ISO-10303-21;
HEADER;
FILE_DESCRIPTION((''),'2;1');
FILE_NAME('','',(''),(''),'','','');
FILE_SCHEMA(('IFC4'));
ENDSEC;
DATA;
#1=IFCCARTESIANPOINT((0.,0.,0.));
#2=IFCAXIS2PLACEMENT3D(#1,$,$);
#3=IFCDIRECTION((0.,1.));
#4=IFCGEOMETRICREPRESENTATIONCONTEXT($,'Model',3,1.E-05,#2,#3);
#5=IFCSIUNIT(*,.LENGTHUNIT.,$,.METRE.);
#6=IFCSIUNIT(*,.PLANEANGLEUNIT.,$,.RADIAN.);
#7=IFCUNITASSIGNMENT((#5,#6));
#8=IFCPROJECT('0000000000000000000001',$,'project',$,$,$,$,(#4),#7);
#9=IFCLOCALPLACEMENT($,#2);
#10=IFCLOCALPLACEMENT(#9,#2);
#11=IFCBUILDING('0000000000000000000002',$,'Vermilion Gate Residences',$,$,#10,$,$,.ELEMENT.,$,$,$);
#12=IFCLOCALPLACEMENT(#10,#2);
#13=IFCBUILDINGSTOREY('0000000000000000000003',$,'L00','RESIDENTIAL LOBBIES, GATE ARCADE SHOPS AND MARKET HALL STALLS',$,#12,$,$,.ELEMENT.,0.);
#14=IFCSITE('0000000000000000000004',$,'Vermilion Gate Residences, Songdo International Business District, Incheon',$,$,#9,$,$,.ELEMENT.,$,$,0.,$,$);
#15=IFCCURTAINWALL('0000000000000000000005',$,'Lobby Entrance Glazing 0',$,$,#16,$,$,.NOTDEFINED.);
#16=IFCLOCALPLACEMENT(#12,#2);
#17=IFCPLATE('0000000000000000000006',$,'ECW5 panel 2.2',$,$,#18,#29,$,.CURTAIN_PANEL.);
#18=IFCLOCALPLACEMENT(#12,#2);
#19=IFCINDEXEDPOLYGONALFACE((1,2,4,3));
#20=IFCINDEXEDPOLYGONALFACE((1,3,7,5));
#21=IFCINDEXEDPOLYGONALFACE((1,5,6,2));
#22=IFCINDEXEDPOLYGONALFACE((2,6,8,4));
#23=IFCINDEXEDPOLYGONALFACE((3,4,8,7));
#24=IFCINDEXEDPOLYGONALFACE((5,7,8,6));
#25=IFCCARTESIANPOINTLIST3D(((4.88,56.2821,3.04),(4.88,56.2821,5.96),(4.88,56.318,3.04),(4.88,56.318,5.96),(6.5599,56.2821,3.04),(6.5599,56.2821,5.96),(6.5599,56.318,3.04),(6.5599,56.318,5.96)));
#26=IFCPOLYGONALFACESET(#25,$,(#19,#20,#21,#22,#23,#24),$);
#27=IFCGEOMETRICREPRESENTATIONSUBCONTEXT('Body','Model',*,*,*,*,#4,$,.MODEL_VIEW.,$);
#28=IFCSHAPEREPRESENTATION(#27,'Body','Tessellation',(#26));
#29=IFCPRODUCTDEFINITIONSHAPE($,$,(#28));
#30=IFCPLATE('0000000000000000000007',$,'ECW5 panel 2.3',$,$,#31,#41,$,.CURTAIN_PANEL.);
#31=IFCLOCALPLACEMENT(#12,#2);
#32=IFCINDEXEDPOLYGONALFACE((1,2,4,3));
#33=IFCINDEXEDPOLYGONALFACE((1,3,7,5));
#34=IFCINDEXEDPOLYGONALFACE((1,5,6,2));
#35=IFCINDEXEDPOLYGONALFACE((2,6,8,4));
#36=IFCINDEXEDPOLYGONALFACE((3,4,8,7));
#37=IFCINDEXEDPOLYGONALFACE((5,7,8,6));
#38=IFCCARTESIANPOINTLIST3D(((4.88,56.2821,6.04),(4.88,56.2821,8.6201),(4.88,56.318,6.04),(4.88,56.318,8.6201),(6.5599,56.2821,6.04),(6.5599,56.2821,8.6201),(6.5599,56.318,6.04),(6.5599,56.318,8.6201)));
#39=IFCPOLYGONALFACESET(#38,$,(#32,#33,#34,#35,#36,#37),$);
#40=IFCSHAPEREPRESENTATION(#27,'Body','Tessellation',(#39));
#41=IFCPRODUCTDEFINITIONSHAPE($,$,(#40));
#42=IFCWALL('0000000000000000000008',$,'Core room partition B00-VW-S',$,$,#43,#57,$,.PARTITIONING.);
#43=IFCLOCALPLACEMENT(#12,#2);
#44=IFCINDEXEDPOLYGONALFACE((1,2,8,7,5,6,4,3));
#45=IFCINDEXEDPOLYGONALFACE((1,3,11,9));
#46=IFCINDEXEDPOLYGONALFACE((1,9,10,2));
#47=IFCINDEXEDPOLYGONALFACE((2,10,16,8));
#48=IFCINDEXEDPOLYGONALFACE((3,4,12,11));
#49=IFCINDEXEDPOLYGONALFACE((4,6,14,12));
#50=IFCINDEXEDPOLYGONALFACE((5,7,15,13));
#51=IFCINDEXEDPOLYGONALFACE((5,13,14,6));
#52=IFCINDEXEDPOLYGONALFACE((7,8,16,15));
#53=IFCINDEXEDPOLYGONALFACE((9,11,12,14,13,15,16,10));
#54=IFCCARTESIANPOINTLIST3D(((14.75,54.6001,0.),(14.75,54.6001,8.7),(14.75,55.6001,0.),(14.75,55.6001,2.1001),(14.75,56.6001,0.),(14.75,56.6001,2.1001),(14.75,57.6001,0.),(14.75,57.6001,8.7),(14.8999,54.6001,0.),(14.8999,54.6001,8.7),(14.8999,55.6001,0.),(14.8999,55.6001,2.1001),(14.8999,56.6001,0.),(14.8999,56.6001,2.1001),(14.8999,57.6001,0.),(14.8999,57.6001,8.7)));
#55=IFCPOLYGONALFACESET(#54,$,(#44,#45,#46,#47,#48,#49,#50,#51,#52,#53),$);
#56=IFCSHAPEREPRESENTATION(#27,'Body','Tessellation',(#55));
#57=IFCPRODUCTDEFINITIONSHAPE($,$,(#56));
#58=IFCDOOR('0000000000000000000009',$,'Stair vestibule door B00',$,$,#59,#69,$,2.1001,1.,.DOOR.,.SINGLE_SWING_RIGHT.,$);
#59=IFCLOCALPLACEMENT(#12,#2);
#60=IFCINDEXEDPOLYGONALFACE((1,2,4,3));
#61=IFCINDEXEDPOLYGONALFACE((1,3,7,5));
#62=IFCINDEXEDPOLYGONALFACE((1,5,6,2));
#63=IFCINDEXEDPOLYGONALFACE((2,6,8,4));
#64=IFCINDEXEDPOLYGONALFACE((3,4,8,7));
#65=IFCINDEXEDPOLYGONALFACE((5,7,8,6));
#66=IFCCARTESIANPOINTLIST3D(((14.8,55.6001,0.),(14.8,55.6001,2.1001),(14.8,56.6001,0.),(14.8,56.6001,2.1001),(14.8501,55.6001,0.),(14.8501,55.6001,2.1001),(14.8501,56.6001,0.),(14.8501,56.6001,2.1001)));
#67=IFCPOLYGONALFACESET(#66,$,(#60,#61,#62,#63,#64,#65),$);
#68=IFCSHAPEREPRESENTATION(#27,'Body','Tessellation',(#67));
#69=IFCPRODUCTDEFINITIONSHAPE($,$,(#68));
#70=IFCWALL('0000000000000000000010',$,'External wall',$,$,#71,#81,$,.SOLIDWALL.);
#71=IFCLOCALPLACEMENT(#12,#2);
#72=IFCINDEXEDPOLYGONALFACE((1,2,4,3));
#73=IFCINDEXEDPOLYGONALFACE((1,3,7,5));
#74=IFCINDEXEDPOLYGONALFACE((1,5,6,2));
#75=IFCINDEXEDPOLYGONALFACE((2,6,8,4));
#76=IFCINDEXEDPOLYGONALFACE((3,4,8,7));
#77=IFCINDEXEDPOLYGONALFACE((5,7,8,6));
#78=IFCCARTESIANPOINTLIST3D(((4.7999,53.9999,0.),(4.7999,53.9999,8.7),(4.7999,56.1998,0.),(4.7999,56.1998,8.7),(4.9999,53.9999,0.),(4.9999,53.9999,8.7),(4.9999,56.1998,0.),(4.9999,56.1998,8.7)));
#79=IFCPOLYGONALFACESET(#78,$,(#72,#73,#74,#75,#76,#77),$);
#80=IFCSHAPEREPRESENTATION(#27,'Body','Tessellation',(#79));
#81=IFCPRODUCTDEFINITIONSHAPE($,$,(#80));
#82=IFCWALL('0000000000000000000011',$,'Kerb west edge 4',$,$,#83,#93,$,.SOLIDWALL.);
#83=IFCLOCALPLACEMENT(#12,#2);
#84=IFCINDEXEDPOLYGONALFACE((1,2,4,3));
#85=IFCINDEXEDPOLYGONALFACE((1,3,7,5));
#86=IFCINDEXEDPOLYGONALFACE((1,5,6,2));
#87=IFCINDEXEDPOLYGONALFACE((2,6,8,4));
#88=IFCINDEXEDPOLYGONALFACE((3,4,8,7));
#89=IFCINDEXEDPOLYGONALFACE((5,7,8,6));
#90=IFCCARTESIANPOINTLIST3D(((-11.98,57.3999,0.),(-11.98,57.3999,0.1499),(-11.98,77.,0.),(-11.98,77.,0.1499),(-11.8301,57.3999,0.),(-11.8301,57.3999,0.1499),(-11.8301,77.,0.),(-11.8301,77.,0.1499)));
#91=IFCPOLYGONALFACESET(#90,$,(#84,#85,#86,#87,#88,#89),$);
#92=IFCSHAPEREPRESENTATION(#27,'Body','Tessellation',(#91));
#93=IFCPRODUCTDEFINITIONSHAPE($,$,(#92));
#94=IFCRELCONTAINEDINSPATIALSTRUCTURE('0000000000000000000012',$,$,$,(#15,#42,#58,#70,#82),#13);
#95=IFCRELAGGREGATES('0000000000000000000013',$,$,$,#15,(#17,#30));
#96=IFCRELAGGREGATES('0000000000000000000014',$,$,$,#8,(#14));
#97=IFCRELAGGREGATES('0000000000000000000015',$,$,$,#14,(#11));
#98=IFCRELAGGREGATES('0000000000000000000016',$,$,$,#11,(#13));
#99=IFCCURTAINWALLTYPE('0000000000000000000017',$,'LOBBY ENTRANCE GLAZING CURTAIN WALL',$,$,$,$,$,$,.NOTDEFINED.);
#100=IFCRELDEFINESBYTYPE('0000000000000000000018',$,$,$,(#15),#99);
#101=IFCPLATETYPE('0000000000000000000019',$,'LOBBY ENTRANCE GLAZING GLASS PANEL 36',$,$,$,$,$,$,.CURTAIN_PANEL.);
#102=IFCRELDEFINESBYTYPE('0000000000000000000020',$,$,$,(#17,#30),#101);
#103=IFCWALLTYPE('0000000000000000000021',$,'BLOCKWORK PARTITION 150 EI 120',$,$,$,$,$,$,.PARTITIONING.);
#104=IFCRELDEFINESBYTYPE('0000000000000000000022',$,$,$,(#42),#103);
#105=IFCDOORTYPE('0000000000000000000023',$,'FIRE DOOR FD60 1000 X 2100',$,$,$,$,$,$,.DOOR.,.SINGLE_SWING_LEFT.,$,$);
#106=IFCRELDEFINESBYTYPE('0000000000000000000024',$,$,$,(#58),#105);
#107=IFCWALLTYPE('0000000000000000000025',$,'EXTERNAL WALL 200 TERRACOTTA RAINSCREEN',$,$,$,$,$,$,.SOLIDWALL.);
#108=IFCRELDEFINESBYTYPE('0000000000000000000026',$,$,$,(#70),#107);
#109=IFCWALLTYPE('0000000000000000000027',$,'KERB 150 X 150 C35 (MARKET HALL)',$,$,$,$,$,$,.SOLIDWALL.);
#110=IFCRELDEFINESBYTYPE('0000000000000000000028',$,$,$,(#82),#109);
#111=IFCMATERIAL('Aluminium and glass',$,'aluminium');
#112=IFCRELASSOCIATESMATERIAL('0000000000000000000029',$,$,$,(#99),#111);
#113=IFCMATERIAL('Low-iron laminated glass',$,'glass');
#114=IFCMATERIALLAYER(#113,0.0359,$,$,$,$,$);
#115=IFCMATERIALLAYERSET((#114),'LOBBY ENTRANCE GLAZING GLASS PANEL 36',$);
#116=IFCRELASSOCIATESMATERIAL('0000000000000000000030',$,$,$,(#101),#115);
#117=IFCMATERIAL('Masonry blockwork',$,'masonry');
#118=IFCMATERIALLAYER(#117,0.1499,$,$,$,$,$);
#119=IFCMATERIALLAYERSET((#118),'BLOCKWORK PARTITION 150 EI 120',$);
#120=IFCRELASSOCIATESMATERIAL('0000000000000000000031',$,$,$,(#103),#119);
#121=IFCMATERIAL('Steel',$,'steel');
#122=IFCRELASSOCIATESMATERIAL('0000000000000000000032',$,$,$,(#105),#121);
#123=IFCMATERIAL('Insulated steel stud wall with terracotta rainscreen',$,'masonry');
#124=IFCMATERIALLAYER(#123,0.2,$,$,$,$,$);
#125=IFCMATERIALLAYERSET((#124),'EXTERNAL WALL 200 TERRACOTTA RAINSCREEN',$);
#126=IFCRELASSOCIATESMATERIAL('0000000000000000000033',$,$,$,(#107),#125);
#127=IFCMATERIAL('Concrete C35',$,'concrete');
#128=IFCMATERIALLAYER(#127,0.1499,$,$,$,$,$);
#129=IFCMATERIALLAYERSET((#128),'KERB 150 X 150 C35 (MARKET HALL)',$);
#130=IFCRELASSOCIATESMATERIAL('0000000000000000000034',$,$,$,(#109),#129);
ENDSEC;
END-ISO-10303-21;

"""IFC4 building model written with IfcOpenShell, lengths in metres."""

from ifc_helpers import new_model, si_unit, direction, frame, frame_2d, origin, origin_2d, place, context, subcontext, project, spatial, rectangle, extrude, material, layer, layer_set, type_object, element, fill, aggregate, save


model = new_model("IFC4")

# Units and contexts
model_context = context("Model", 3, precision=1e-05, world=origin(), true_north=direction((0.0, 1.0)))
body_context = subcontext(model_context, "Body", "Model", "MODEL_VIEW")
ifc_project = project(units=[si_unit("LENGTHUNIT", "METRE"), si_unit("PLANEANGLEUNIT", "RADIAN")], contexts=[model_context])

# Site, building, storey
site_placement = place(None, origin())
site = spatial("IfcSite", under=ifc_project, at=site_placement, Name="Vermilion Gate Residences, Songdo International Business District, Incheon", CompositionType="ELEMENT", RefElevation=0.0)
building_placement = place(site_placement, origin())
building = spatial("IfcBuilding", under=site, at=building_placement, Name="Vermilion Gate Residences", CompositionType="ELEMENT")
storey_placement = place(building_placement, origin())
storey = spatial("IfcBuildingStorey", under=building, at=storey_placement, Name="L00", Description="RESIDENTIAL LOBBIES, GATE ARCADE SHOPS AND MARKET HALL STALLS", CompositionType="ELEMENT", Elevation=0.0)

# Curtain wall, plates
ifc_material_1 = material(Name="Aluminium and glass", Category="aluminium")
curtain_wall_type = type_object("IfcCurtainWallType", Name="LOBBY ENTRANCE GLAZING CURTAIN WALL", PredefinedType="NOTDEFINED", material=ifc_material_1)
curtain_wall_placement = place(storey_placement, origin())
curtain_wall = element("IfcCurtainWall", 1, at=curtain_wall_placement, inside=storey, type_object=curtain_wall_type, Name="Lobby Entrance Glazing 0", PredefinedType="NOTDEFINED")
ifc_material_2 = material(Name="Low-iron laminated glass", Category="glass")
ifc_layer_1 = layer(ifc_material_2, 0.0359)
ifc_layer_set_1 = layer_set([ifc_layer_1], Name="LOBBY ENTRANCE GLAZING GLASS PANEL 36")
plate_type = type_object("IfcPlateType", Name="LOBBY ENTRANCE GLAZING GLASS PANEL 36", PredefinedType="CURTAIN_PANEL", material=ifc_layer_set_1)
plate_1_placement = place(storey_placement, frame((5.72, 56.3, 3.04), z_axis=(0.0, 0.0, 1.0), x_axis=(-1.0, 0.0, 0.0)))
plate_1 = element("IfcPlate", 2, at=plate_1_placement, type_object=plate_type, Name="ECW5 panel 2.2", PredefinedType="CURTAIN_PANEL", context=body_context, shape_type="SweptSolid", body=[
    extrude(rectangle(XDim=1.6799, YDim=0.0359, at=origin_2d()), origin(), (0.0, 0.0, 1.0), 2.9199),
])
plate_2_placement = place(storey_placement, frame((5.72, 56.3, 6.04), z_axis=(0.0, 0.0, 1.0), x_axis=(-1.0, 0.0, 0.0)))
plate_2 = element("IfcPlate", 3, at=plate_2_placement, type_object=plate_type, Name="ECW5 panel 2.3", PredefinedType="CURTAIN_PANEL", context=body_context, shape_type="SweptSolid", body=[
    extrude(rectangle(XDim=1.6799, YDim=0.0359, at=origin_2d()), origin(), (0.0, 0.0, 1.0), 2.5801),
])
aggregate(curtain_wall, [plate_1, plate_2])

# Wall, opening, door
ifc_material_3 = material(Name="Masonry blockwork", Category="masonry")
ifc_layer_2 = layer(ifc_material_3, 0.1499)
ifc_layer_set_2 = layer_set([ifc_layer_2], Name="BLOCKWORK PARTITION 150 EI 120")
wall_type_1 = type_object("IfcWallType", Name="BLOCKWORK PARTITION 150 EI 120", PredefinedType="PARTITIONING", material=ifc_layer_set_2)
wall_1_placement = place(storey_placement, frame((14.825, 57.6001, 0.0), z_axis=(0.0, 0.0, 1.0), x_axis=(0.0, -1.0, 0.0)))
wall_1 = element("IfcWall", 4, at=wall_1_placement, inside=storey, type_object=wall_type_1, Name="Core room partition B00-VW-S", PredefinedType="PARTITIONING", context=body_context, shape_type="SweptSolid", body=[
    extrude(rectangle(XDim=3.0, YDim=0.1499, at=frame_2d((1.5, 0.0))), origin(), (0.0, 0.0, 1.0), 8.7),
])
opening_1_placement = place(wall_1_placement, frame((1.0, 0.0, 0.0)))
opening_1 = element("IfcOpeningElement", 5, at=opening_1_placement, cuts=wall_1, PredefinedType="OPENING", context=body_context, shape_type="SweptSolid", body=[
    extrude(rectangle(XDim=1.0, YDim=2.1001, at=frame_2d((0.5, 1.05))), frame((0.0, 0.085, 0.0), z_axis=(0.0, -1.0, 0.0), x_axis=(1.0, 0.0, 0.0)), (0.0, 0.0, 1.0), 0.1699),
])
ifc_material_4 = material(Name="Steel", Category="steel")
door_type_1 = type_object("IfcDoorType", Name="FIRE DOOR FD60 1000 X 2100", OperationType="SINGLE_SWING_LEFT", PredefinedType="DOOR", material=ifc_material_4)
door_1_placement = place(opening_1_placement, frame((1.0, 0.0, 0.0), z_axis=(0.0, 0.0, 1.0), x_axis=(-1.0, 0.0, 0.0)))
door_1 = element("IfcDoor", 6, at=door_1_placement, inside=storey, type_object=door_type_1, Name="Stair vestibule door B00", OperationType="SINGLE_SWING_RIGHT", OverallHeight=2.1001, OverallWidth=1.0, PredefinedType="DOOR", context=body_context, shape_type="SweptSolid", body=[
    extrude(rectangle(XDim=1.0, YDim=2.1001, at=frame_2d((0.5, 1.05))), frame((0.0, 0.0249, 0.0), z_axis=(0.0, -1.0, 0.0), x_axis=(1.0, 0.0, 0.0)), (0.0, 0.0, 1.0), 0.05),
])
fill(opening_1, door_1)

# Walls
ifc_material_5 = material(Name="Insulated steel stud wall with terracotta rainscreen", Category="masonry")
ifc_layer_3 = layer(ifc_material_5, 0.2)
ifc_layer_set_3 = layer_set([ifc_layer_3], Name="EXTERNAL WALL 200 TERRACOTTA RAINSCREEN")
wall_type_2 = type_object("IfcWallType", Name="EXTERNAL WALL 200 TERRACOTTA RAINSCREEN", PredefinedType="SOLIDWALL", material=ifc_layer_set_3)
wall_2_placement = place(storey_placement, frame((4.8999, 56.2, 0.0), z_axis=(0.0, 0.0, 1.0), x_axis=(0.0, -1.0, 0.0)))
element("IfcWall", 7, at=wall_2_placement, inside=storey, type_object=wall_type_2, Name="External wall", PredefinedType="SOLIDWALL", context=body_context, shape_type="SweptSolid", body=[
    extrude(rectangle(XDim=2.2, YDim=0.2, at=frame_2d((1.1001, 0.0))), origin(), (0.0, 0.0, 1.0), 8.7),
])
ifc_material_6 = material(Name="Concrete C35", Category="concrete")
ifc_layer_4 = layer(ifc_material_6, 0.1499)
ifc_layer_set_4 = layer_set([ifc_layer_4], Name="KERB 150 X 150 C35 (MARKET HALL)")
wall_type_3 = type_object("IfcWallType", Name="KERB 150 X 150 C35 (MARKET HALL)", PredefinedType="SOLIDWALL", material=ifc_layer_set_4)
wall_3_placement = place(storey_placement, frame((-11.905, 57.3999, 0.0), z_axis=(0.0, 0.0, 1.0), x_axis=(0.0, 1.0, 0.0)))
element("IfcWall", 8, at=wall_3_placement, inside=storey, type_object=wall_type_3, Name="Kerb west edge 4", PredefinedType="SOLIDWALL", context=body_context, shape_type="SweptSolid", body=[
    extrude(rectangle(XDim=19.6001, YDim=0.1499, at=frame_2d((9.8, 0.0))), origin(), (0.0, 0.0, 1.0), 0.1499),
])

save(model, "model.ifc")
